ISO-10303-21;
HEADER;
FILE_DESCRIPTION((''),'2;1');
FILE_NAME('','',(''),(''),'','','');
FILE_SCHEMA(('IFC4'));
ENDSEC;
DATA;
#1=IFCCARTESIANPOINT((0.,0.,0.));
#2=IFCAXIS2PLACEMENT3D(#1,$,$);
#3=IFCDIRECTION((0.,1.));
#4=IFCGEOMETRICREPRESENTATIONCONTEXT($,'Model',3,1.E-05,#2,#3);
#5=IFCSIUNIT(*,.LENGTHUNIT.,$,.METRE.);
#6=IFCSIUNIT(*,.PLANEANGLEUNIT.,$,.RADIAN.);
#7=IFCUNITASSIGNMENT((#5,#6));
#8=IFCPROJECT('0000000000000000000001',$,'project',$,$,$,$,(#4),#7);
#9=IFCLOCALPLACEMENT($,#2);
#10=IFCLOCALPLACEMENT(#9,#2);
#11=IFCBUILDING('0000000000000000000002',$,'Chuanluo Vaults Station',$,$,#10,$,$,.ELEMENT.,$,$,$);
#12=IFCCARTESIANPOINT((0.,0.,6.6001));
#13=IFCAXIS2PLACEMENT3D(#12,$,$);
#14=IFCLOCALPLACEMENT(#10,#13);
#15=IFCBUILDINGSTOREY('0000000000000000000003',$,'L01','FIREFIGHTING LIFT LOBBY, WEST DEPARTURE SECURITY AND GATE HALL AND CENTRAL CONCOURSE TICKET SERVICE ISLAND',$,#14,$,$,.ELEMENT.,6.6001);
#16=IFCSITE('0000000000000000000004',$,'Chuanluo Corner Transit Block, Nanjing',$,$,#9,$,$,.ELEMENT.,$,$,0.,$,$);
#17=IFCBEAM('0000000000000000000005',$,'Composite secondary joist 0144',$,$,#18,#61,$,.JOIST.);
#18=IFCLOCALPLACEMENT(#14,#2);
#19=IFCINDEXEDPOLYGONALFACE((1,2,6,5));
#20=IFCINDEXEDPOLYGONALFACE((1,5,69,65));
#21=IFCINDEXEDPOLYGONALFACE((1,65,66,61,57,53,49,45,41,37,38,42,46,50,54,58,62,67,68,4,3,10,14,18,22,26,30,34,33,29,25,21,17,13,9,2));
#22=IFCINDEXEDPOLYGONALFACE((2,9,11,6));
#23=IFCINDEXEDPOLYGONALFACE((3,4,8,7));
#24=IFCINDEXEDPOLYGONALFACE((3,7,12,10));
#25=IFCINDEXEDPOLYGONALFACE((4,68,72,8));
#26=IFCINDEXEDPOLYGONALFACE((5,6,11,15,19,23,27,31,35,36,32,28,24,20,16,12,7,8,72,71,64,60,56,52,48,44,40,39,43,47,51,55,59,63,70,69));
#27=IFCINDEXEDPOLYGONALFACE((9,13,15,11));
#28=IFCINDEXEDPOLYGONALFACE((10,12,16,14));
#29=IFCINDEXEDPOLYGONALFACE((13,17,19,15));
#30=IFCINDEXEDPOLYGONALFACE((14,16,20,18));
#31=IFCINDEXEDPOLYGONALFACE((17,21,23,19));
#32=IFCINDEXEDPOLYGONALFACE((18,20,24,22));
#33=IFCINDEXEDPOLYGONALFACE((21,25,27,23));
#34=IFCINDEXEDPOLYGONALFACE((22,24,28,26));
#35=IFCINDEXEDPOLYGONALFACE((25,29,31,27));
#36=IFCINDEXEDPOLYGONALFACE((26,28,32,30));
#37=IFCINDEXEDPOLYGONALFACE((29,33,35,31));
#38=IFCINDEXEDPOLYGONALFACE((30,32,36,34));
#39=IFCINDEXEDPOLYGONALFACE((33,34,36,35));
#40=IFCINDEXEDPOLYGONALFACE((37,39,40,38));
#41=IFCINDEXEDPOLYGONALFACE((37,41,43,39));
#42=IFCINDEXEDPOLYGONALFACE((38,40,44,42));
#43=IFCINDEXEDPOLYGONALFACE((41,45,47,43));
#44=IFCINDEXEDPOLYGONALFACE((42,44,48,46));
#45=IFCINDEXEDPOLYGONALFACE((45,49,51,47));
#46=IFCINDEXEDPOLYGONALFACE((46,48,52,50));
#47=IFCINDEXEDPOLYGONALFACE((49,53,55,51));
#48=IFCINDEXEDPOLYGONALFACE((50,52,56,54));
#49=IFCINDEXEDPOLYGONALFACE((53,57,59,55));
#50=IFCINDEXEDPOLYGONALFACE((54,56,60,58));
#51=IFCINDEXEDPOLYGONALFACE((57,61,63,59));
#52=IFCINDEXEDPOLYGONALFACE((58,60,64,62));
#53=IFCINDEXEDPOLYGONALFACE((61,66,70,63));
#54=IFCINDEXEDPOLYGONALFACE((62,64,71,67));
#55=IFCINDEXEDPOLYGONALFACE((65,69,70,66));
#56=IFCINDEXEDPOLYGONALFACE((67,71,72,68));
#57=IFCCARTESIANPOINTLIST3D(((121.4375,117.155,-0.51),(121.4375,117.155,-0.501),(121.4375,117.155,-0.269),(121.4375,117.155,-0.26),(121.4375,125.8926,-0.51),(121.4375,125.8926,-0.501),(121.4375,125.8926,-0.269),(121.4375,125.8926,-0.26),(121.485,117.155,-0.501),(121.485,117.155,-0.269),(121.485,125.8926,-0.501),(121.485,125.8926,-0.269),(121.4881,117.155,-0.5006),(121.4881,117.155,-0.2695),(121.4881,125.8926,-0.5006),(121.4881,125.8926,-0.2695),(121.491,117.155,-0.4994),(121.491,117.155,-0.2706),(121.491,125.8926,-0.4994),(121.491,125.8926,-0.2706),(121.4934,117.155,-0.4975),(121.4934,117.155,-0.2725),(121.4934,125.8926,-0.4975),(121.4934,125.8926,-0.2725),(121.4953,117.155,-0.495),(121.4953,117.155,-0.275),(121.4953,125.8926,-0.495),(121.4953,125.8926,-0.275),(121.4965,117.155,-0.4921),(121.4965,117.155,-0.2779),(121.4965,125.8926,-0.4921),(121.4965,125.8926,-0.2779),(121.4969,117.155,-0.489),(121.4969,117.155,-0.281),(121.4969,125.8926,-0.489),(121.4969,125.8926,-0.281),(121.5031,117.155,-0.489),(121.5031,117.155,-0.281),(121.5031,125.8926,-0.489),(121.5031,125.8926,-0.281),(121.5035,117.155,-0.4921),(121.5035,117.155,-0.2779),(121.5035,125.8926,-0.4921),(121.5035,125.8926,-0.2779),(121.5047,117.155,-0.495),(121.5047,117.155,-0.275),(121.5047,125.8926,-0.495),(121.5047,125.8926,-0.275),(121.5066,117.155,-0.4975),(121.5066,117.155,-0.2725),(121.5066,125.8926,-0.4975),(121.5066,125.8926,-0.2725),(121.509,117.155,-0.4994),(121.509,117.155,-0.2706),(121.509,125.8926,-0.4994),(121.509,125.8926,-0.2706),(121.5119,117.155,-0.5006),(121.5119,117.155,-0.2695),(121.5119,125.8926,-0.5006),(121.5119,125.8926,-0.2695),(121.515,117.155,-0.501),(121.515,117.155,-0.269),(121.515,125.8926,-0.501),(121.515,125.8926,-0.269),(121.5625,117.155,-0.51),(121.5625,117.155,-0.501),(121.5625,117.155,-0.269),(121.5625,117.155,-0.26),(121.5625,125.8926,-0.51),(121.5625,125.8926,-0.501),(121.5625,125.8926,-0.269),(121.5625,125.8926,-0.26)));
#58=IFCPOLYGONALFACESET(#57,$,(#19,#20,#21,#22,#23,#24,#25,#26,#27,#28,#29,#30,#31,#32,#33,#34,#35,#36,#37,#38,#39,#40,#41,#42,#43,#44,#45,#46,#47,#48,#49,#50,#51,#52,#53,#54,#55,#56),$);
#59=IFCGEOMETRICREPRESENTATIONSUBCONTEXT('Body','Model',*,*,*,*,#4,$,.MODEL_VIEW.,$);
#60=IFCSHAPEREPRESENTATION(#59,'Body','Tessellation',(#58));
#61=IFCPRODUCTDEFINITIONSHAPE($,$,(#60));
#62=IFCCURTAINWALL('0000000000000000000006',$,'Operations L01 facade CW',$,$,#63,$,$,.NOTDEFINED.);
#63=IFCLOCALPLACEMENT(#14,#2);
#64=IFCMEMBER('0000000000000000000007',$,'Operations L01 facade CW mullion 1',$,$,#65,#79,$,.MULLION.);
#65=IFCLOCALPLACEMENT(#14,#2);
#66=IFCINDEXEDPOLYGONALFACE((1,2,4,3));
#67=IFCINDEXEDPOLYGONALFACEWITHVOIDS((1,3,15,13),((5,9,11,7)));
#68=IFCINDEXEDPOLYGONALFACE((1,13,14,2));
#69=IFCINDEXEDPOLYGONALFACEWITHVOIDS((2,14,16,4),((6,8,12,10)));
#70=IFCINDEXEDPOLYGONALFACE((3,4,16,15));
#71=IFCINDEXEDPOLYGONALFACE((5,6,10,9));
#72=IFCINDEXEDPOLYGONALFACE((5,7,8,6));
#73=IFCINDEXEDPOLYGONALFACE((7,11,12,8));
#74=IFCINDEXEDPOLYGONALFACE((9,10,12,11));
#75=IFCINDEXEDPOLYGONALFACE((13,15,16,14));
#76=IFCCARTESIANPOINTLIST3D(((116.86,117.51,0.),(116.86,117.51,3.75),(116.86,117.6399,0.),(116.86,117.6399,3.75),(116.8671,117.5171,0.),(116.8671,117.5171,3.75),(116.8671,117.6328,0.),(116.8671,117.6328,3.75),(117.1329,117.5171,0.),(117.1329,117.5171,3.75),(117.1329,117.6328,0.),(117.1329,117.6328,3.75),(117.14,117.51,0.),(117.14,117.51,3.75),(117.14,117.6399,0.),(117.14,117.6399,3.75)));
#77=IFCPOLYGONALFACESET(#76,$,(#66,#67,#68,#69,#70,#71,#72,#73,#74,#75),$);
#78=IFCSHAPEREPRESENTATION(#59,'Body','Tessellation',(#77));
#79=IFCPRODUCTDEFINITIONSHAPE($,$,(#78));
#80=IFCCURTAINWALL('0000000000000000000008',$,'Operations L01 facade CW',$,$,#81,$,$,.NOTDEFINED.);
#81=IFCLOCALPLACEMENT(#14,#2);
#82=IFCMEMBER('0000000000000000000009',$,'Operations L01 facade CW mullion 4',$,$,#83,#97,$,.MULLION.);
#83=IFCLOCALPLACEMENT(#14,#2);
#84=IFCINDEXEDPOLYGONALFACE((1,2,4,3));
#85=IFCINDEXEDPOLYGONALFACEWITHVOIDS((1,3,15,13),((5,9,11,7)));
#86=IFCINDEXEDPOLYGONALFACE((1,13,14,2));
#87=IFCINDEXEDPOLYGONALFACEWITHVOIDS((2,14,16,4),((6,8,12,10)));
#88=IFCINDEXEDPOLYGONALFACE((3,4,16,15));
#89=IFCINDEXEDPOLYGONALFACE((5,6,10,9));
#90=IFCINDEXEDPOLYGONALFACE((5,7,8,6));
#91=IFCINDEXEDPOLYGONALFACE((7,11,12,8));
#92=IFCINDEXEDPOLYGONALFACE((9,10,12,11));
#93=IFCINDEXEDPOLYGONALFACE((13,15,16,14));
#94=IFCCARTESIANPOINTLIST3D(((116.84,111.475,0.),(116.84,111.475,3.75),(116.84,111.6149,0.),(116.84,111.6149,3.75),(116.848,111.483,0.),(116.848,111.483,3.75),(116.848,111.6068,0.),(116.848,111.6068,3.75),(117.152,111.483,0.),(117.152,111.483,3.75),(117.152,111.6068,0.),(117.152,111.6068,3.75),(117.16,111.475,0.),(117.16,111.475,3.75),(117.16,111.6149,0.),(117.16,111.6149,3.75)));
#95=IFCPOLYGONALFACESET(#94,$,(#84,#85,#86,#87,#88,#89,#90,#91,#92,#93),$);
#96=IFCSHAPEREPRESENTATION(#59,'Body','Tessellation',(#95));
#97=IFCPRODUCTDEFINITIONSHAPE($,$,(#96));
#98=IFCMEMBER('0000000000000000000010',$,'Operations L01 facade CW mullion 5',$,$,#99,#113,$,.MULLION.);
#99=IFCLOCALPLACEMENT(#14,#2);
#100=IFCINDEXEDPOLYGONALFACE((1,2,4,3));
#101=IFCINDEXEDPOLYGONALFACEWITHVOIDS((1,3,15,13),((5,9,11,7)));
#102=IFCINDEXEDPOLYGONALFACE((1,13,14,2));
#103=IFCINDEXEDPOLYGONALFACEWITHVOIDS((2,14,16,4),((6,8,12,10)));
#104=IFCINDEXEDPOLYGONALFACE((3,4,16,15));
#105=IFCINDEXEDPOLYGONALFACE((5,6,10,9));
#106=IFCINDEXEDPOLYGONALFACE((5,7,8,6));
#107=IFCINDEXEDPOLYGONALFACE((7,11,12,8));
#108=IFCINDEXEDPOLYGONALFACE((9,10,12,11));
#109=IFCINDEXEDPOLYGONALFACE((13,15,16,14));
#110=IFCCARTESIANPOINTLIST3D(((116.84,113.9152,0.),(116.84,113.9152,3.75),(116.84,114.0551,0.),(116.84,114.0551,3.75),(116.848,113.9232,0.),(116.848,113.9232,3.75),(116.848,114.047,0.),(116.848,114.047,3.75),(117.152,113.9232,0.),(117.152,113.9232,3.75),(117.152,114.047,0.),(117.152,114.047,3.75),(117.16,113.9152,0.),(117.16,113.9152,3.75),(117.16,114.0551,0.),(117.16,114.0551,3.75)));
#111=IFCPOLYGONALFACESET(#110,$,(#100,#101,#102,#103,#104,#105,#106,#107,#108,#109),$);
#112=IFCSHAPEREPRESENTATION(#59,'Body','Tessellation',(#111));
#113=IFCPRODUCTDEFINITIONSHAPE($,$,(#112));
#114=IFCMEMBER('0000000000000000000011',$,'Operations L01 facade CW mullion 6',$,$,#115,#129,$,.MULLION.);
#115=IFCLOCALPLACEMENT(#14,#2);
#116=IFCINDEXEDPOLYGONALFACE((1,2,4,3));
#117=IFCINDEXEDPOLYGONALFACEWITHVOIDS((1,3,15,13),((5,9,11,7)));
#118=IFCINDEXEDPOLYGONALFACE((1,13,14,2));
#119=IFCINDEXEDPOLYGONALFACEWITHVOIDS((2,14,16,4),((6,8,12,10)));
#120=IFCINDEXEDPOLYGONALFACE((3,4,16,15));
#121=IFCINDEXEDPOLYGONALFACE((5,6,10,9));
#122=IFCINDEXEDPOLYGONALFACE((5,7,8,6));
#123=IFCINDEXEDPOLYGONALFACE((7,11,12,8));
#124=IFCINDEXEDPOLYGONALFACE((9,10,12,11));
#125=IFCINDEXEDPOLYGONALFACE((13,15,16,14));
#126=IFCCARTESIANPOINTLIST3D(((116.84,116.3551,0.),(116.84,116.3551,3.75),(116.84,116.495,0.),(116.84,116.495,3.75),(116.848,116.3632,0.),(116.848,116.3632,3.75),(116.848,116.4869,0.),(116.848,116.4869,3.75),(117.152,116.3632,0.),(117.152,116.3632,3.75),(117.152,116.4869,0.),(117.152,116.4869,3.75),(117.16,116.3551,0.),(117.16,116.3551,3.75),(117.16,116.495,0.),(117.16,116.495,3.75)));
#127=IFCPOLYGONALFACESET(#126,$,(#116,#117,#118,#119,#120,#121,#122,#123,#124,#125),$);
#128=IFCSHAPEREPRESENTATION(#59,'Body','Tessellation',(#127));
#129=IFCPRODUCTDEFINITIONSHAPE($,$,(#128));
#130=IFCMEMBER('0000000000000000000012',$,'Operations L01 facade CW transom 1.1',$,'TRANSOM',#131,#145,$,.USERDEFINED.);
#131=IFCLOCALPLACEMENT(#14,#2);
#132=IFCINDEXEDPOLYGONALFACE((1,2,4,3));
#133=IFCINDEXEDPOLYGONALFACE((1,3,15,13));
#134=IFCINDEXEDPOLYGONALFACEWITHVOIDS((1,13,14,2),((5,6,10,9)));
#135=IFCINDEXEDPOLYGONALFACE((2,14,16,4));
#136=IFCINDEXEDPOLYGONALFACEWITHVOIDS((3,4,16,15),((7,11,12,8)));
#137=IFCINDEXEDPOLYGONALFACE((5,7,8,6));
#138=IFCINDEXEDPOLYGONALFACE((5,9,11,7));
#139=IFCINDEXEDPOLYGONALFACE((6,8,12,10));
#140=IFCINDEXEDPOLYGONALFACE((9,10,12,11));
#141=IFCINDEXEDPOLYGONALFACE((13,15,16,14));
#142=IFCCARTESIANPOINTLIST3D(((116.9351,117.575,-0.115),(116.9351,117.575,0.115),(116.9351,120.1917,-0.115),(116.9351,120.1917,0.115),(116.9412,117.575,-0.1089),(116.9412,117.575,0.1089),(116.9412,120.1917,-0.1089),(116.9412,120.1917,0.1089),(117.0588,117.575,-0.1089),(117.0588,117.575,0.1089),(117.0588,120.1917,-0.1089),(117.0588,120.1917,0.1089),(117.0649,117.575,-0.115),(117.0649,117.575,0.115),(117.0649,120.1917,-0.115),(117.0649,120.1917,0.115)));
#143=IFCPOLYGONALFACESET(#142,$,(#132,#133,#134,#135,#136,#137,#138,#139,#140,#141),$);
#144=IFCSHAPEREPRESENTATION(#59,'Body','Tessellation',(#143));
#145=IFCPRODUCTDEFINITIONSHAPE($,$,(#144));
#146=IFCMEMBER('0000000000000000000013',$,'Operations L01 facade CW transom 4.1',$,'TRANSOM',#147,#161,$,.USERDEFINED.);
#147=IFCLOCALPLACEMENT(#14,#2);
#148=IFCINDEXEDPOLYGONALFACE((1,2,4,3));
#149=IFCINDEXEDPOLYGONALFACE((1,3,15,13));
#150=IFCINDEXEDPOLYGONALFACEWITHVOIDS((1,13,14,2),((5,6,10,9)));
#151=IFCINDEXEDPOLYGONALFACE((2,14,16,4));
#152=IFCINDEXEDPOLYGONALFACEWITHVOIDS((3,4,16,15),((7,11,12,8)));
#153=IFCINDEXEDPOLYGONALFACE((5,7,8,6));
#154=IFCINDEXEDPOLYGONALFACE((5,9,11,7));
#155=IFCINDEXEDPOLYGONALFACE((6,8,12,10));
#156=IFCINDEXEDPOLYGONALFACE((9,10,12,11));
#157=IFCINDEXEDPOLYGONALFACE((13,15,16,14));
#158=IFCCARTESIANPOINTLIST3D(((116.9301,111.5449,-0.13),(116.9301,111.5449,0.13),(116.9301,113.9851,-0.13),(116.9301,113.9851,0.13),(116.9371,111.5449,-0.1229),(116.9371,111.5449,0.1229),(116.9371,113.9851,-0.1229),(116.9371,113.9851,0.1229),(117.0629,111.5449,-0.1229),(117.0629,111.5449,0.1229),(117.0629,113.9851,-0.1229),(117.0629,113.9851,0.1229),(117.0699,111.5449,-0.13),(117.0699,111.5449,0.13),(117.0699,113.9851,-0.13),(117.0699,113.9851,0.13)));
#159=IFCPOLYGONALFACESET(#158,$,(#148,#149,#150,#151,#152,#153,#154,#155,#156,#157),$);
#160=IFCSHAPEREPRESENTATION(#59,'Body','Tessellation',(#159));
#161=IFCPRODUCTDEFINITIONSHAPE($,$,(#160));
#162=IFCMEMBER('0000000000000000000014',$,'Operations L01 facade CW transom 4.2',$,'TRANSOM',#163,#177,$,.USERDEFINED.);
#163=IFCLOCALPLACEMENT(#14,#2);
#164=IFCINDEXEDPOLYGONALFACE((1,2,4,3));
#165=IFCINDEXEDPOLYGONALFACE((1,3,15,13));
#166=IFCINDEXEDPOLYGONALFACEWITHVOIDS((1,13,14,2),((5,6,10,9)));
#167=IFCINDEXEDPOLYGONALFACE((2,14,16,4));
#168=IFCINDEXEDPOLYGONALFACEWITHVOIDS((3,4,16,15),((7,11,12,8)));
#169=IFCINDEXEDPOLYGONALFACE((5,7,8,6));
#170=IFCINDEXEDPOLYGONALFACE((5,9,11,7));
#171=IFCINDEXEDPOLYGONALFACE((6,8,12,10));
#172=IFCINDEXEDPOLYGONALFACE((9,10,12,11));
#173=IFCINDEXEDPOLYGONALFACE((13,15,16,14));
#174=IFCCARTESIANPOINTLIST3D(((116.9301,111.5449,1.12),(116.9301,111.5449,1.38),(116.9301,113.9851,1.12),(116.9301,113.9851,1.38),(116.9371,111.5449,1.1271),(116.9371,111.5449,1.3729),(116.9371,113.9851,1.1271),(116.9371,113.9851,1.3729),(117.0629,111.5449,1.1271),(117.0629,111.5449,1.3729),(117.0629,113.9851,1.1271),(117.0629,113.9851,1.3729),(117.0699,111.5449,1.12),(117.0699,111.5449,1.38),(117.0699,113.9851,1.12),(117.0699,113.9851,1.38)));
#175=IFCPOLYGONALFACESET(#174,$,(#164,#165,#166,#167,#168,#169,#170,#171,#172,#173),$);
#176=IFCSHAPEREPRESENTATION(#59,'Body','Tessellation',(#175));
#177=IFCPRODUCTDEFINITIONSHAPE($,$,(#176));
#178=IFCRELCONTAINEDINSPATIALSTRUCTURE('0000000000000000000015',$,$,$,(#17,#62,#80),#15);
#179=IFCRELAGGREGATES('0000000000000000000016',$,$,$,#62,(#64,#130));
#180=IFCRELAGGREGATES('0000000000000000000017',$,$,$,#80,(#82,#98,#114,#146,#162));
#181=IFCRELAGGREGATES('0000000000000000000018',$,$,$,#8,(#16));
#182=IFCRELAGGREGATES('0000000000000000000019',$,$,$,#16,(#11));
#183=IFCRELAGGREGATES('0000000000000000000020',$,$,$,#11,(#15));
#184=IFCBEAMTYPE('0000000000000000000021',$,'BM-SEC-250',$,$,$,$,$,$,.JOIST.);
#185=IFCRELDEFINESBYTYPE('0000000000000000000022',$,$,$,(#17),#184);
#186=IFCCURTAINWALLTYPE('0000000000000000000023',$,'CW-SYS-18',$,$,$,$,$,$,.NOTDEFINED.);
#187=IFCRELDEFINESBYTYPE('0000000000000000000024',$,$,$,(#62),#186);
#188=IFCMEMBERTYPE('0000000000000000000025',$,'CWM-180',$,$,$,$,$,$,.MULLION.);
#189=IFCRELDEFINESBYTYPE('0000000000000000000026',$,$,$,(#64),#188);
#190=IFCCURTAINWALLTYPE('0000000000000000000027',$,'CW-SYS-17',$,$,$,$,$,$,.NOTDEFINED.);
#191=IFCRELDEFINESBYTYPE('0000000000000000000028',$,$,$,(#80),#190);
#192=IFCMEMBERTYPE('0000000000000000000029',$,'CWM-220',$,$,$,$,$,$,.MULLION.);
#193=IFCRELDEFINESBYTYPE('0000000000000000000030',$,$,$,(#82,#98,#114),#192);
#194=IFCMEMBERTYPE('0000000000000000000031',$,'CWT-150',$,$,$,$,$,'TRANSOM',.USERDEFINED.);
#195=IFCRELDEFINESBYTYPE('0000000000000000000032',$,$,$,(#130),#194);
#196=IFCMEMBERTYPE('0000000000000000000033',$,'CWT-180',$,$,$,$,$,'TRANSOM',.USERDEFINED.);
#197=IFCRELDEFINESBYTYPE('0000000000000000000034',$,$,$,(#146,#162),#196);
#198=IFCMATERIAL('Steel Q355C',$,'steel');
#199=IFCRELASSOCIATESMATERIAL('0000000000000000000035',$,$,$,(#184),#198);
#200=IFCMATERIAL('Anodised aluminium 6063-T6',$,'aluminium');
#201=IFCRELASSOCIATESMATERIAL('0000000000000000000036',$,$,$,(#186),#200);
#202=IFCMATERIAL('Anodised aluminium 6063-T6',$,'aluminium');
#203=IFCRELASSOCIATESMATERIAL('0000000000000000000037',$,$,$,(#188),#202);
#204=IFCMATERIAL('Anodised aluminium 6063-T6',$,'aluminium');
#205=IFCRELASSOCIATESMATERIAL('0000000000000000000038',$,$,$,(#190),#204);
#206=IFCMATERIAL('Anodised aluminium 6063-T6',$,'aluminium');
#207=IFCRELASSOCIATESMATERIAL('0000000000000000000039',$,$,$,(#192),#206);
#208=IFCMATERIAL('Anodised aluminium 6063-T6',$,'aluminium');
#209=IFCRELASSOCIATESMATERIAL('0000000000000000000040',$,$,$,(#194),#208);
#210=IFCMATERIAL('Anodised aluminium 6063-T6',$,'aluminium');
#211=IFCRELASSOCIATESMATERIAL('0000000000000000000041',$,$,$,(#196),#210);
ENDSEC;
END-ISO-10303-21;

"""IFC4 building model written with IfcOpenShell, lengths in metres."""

from ifc_helpers import new_model, si_unit, direction, frame, origin, origin_2d, place, context, subcontext, project, spatial, hollow_rectangle, i_section, extrude, material, material_profile, profile_set, type_object, element, aggregate, save


model = new_model("IFC4")

# Units and contexts
model_context = context("Model", 3, precision=1e-05, world=origin(), true_north=direction((0.0, 1.0)))
body_context = subcontext(model_context, "Body", "Model", "MODEL_VIEW")
ifc_project = project(units=[si_unit("LENGTHUNIT", "METRE"), si_unit("PLANEANGLEUNIT", "RADIAN")], contexts=[model_context])

# Site, building, storey
site_placement = place(None, origin())
site = spatial("IfcSite", under=ifc_project, at=site_placement, Name="Chuanluo Corner Transit Block, Nanjing", CompositionType="ELEMENT", RefElevation=0.0)
building_placement = place(site_placement, origin())
building = spatial("IfcBuilding", under=site, at=building_placement, Name="Chuanluo Vaults Station", CompositionType="ELEMENT")
storey_placement = place(building_placement, frame((0.0, 0.0, 6.6001)))
storey = spatial("IfcBuildingStorey", under=building, at=storey_placement, Name="L01", Description="FIREFIGHTING LIFT LOBBY, WEST DEPARTURE SECURITY AND GATE HALL AND CENTRAL CONCOURSE TICKET SERVICE ISLAND", CompositionType="ELEMENT", Elevation=6.6001)

# Beam
ifc_material_1 = material(Name="Steel Q355C", Category="steel")
ifc_material_profile_1 = material_profile(ifc_material_1, i_section(OverallWidth=0.125, OverallDepth=0.25, WebThickness=0.0061, FlangeThickness=0.009, FilletRadius=0.012, at=origin_2d()))
ifc_profile_set_1 = profile_set([ifc_material_profile_1], Name="Steel Q355C")
beam_type_1 = type_object("IfcBeamType", Name="BM-SEC-250", PredefinedType="JOIST", material=ifc_profile_set_1)
for number, where, z_axis, x_axis, name in (
    (1, (121.5, 117.155, -0.385), (0.0, 1.0, 0.0), (-1.0, 0.0, 0.0), "Composite secondary joist 0144"),
):
    element("IfcBeam", number, at=place(storey_placement, frame(where, z_axis=z_axis, x_axis=x_axis)), inside=storey, type_object=beam_type_1, Name=name, PredefinedType="JOIST", context=body_context, shape_type="SweptSolid", body=[
        extrude(i_section(OverallWidth=0.125, OverallDepth=0.25, WebThickness=0.0061, FlangeThickness=0.009, FilletRadius=0.012, at=origin_2d()), origin(), (0.0, 0.0, 1.0), 8.7375),
    ])

# Curtain wall, member
ifc_material_2 = material(Name="Anodised aluminium 6063-T6", Category="aluminium")
curtain_wall_type_1 = type_object("IfcCurtainWallType", Name="CW-SYS-18", PredefinedType="NOTDEFINED", material=ifc_material_2)
curtain_wall_1_placement = place(storey_placement, origin())
curtain_wall_1 = element("IfcCurtainWall", 2, at=curtain_wall_1_placement, inside=storey, type_object=curtain_wall_type_1, Name="Operations L01 facade CW", PredefinedType="NOTDEFINED")
ifc_material_3 = material(Name="Anodised aluminium 6063-T6", Category="aluminium")
ifc_material_profile_2 = material_profile(ifc_material_3, hollow_rectangle(XDim=0.1299, YDim=0.28, WallThickness=0.0071, at=origin_2d()))
ifc_profile_set_2 = profile_set([ifc_material_profile_2], Name="Anodised aluminium 6063-T6")
member_type_1 = type_object("IfcMemberType", Name="CWM-180", PredefinedType="MULLION", material=ifc_profile_set_2)
member_1_placement = place(storey_placement, frame((117.0, 117.575, 0.0), z_axis=(0.0, 0.0, 1.0), x_axis=(0.0, 1.0, 0.0)))
member_1 = element("IfcMember", 3, at=member_1_placement, type_object=member_type_1, Name="Operations L01 facade CW mullion 1", PredefinedType="MULLION", context=body_context, shape_type="SweptSolid", body=[
    extrude(hollow_rectangle(XDim=0.1299, YDim=0.28, WallThickness=0.0071, at=origin_2d()), origin(), (0.0, 0.0, 1.0), 3.75),
])

# Curtain wall, members
ifc_material_4 = material(Name="Anodised aluminium 6063-T6", Category="aluminium")
curtain_wall_type_2 = type_object("IfcCurtainWallType", Name="CW-SYS-17", PredefinedType="NOTDEFINED", material=ifc_material_4)
curtain_wall_2_placement = place(storey_placement, origin())
curtain_wall_2 = element("IfcCurtainWall", 4, at=curtain_wall_2_placement, inside=storey, type_object=curtain_wall_type_2, Name="Operations L01 facade CW", PredefinedType="NOTDEFINED")
ifc_material_5 = material(Name="Anodised aluminium 6063-T6", Category="aluminium")
ifc_material_profile_3 = material_profile(ifc_material_5, hollow_rectangle(XDim=0.1399, YDim=0.3201, WallThickness=0.0081, at=origin_2d()))
ifc_profile_set_3 = profile_set([ifc_material_profile_3], Name="Anodised aluminium 6063-T6")
member_type_2 = type_object("IfcMemberType", Name="CWM-220", PredefinedType="MULLION", material=ifc_profile_set_3)
member_2_placement = place(storey_placement, frame((117.0, 111.5449, 0.0), z_axis=(0.0, 0.0, 1.0), x_axis=(0.0, 1.0, 0.0)))
member_2 = element("IfcMember", 5, at=member_2_placement, type_object=member_type_2, Name="Operations L01 facade CW mullion 4", PredefinedType="MULLION", context=body_context, shape_type="SweptSolid", body=[
    extrude(hollow_rectangle(XDim=0.1399, YDim=0.3201, WallThickness=0.0081, at=origin_2d()), origin(), (0.0, 0.0, 1.0), 3.75),
])
member_3_placement = place(storey_placement, frame((117.0, 113.9851, 0.0), z_axis=(0.0, 0.0, 1.0), x_axis=(0.0, 1.0, 0.0)))
member_3 = element("IfcMember", 6, at=member_3_placement, type_object=member_type_2, Name="Operations L01 facade CW mullion 5", PredefinedType="MULLION", context=body_context, shape_type="SweptSolid", body=[
    extrude(hollow_rectangle(XDim=0.1399, YDim=0.3201, WallThickness=0.0081, at=origin_2d()), origin(), (0.0, 0.0, 1.0), 3.75),
])
member_4_placement = place(storey_placement, frame((117.0, 116.425, 0.0), z_axis=(0.0, 0.0, 1.0), x_axis=(0.0, 1.0, 0.0)))
member_4 = element("IfcMember", 7, at=member_4_placement, type_object=member_type_2, Name="Operations L01 facade CW mullion 6", PredefinedType="MULLION", context=body_context, shape_type="SweptSolid", body=[
    extrude(hollow_rectangle(XDim=0.1399, YDim=0.3201, WallThickness=0.0081, at=origin_2d()), origin(), (0.0, 0.0, 1.0), 3.75),
])

# Members
ifc_material_6 = material(Name="Anodised aluminium 6063-T6", Category="aluminium")
ifc_material_profile_4 = material_profile(ifc_material_6, hollow_rectangle(XDim=0.1299, YDim=0.23, WallThickness=0.0061, at=origin_2d()))
ifc_profile_set_4 = profile_set([ifc_material_profile_4], Name="Anodised aluminium 6063-T6")
member_type_3 = type_object("IfcMemberType", Name="CWT-150", ElementType="TRANSOM", PredefinedType="USERDEFINED", material=ifc_profile_set_4)
member_5_placement = place(storey_placement, frame((117.0, 117.575, 0.0), z_axis=(0.0, 1.0, 0.0), x_axis=(-1.0, 0.0, 0.0)))
member_5 = element("IfcMember", 8, at=member_5_placement, type_object=member_type_3, Name="Operations L01 facade CW transom 1.1", ObjectType="TRANSOM", PredefinedType="USERDEFINED", context=body_context, shape_type="SweptSolid", body=[
    extrude(hollow_rectangle(XDim=0.1299, YDim=0.23, WallThickness=0.0061, at=origin_2d()), origin(), (0.0, 0.0, 1.0), 2.6167),
])
aggregate(curtain_wall_1, [member_1, member_5])
ifc_material_7 = material(Name="Anodised aluminium 6063-T6", Category="aluminium")
ifc_material_profile_5 = material_profile(ifc_material_7, hollow_rectangle(XDim=0.1399, YDim=0.26, WallThickness=0.0071, at=origin_2d()))
ifc_profile_set_5 = profile_set([ifc_material_profile_5], Name="Anodised aluminium 6063-T6")
member_type_4 = type_object("IfcMemberType", Name="CWT-180", ElementType="TRANSOM", PredefinedType="USERDEFINED", material=ifc_profile_set_5)
member_6_placement = place(storey_placement, frame((117.0, 111.5449, 0.0), z_axis=(0.0, 1.0, 0.0), x_axis=(-1.0, 0.0, 0.0)))
member_6 = element("IfcMember", 9, at=member_6_placement, type_object=member_type_4, Name="Operations L01 facade CW transom 4.1", ObjectType="TRANSOM", PredefinedType="USERDEFINED", context=body_context, shape_type="SweptSolid", body=[
    extrude(hollow_rectangle(XDim=0.1399, YDim=0.26, WallThickness=0.0071, at=origin_2d()), origin(), (0.0, 0.0, 1.0), 2.4402),
])
member_7_placement = place(storey_placement, frame((117.0, 111.5449, 1.25), z_axis=(0.0, 1.0, 0.0), x_axis=(-1.0, 0.0, 0.0)))
member_7 = element("IfcMember", 10, at=member_7_placement, type_object=member_type_4, Name="Operations L01 facade CW transom 4.2", ObjectType="TRANSOM", PredefinedType="USERDEFINED", context=body_context, shape_type="SweptSolid", body=[
    extrude(hollow_rectangle(XDim=0.1399, YDim=0.26, WallThickness=0.0071, at=origin_2d()), origin(), (0.0, 0.0, 1.0), 2.4402),
])

aggregate(curtain_wall_2, [member_2, member_3, member_4, member_6, member_7])

save(model, "model.ifc")
